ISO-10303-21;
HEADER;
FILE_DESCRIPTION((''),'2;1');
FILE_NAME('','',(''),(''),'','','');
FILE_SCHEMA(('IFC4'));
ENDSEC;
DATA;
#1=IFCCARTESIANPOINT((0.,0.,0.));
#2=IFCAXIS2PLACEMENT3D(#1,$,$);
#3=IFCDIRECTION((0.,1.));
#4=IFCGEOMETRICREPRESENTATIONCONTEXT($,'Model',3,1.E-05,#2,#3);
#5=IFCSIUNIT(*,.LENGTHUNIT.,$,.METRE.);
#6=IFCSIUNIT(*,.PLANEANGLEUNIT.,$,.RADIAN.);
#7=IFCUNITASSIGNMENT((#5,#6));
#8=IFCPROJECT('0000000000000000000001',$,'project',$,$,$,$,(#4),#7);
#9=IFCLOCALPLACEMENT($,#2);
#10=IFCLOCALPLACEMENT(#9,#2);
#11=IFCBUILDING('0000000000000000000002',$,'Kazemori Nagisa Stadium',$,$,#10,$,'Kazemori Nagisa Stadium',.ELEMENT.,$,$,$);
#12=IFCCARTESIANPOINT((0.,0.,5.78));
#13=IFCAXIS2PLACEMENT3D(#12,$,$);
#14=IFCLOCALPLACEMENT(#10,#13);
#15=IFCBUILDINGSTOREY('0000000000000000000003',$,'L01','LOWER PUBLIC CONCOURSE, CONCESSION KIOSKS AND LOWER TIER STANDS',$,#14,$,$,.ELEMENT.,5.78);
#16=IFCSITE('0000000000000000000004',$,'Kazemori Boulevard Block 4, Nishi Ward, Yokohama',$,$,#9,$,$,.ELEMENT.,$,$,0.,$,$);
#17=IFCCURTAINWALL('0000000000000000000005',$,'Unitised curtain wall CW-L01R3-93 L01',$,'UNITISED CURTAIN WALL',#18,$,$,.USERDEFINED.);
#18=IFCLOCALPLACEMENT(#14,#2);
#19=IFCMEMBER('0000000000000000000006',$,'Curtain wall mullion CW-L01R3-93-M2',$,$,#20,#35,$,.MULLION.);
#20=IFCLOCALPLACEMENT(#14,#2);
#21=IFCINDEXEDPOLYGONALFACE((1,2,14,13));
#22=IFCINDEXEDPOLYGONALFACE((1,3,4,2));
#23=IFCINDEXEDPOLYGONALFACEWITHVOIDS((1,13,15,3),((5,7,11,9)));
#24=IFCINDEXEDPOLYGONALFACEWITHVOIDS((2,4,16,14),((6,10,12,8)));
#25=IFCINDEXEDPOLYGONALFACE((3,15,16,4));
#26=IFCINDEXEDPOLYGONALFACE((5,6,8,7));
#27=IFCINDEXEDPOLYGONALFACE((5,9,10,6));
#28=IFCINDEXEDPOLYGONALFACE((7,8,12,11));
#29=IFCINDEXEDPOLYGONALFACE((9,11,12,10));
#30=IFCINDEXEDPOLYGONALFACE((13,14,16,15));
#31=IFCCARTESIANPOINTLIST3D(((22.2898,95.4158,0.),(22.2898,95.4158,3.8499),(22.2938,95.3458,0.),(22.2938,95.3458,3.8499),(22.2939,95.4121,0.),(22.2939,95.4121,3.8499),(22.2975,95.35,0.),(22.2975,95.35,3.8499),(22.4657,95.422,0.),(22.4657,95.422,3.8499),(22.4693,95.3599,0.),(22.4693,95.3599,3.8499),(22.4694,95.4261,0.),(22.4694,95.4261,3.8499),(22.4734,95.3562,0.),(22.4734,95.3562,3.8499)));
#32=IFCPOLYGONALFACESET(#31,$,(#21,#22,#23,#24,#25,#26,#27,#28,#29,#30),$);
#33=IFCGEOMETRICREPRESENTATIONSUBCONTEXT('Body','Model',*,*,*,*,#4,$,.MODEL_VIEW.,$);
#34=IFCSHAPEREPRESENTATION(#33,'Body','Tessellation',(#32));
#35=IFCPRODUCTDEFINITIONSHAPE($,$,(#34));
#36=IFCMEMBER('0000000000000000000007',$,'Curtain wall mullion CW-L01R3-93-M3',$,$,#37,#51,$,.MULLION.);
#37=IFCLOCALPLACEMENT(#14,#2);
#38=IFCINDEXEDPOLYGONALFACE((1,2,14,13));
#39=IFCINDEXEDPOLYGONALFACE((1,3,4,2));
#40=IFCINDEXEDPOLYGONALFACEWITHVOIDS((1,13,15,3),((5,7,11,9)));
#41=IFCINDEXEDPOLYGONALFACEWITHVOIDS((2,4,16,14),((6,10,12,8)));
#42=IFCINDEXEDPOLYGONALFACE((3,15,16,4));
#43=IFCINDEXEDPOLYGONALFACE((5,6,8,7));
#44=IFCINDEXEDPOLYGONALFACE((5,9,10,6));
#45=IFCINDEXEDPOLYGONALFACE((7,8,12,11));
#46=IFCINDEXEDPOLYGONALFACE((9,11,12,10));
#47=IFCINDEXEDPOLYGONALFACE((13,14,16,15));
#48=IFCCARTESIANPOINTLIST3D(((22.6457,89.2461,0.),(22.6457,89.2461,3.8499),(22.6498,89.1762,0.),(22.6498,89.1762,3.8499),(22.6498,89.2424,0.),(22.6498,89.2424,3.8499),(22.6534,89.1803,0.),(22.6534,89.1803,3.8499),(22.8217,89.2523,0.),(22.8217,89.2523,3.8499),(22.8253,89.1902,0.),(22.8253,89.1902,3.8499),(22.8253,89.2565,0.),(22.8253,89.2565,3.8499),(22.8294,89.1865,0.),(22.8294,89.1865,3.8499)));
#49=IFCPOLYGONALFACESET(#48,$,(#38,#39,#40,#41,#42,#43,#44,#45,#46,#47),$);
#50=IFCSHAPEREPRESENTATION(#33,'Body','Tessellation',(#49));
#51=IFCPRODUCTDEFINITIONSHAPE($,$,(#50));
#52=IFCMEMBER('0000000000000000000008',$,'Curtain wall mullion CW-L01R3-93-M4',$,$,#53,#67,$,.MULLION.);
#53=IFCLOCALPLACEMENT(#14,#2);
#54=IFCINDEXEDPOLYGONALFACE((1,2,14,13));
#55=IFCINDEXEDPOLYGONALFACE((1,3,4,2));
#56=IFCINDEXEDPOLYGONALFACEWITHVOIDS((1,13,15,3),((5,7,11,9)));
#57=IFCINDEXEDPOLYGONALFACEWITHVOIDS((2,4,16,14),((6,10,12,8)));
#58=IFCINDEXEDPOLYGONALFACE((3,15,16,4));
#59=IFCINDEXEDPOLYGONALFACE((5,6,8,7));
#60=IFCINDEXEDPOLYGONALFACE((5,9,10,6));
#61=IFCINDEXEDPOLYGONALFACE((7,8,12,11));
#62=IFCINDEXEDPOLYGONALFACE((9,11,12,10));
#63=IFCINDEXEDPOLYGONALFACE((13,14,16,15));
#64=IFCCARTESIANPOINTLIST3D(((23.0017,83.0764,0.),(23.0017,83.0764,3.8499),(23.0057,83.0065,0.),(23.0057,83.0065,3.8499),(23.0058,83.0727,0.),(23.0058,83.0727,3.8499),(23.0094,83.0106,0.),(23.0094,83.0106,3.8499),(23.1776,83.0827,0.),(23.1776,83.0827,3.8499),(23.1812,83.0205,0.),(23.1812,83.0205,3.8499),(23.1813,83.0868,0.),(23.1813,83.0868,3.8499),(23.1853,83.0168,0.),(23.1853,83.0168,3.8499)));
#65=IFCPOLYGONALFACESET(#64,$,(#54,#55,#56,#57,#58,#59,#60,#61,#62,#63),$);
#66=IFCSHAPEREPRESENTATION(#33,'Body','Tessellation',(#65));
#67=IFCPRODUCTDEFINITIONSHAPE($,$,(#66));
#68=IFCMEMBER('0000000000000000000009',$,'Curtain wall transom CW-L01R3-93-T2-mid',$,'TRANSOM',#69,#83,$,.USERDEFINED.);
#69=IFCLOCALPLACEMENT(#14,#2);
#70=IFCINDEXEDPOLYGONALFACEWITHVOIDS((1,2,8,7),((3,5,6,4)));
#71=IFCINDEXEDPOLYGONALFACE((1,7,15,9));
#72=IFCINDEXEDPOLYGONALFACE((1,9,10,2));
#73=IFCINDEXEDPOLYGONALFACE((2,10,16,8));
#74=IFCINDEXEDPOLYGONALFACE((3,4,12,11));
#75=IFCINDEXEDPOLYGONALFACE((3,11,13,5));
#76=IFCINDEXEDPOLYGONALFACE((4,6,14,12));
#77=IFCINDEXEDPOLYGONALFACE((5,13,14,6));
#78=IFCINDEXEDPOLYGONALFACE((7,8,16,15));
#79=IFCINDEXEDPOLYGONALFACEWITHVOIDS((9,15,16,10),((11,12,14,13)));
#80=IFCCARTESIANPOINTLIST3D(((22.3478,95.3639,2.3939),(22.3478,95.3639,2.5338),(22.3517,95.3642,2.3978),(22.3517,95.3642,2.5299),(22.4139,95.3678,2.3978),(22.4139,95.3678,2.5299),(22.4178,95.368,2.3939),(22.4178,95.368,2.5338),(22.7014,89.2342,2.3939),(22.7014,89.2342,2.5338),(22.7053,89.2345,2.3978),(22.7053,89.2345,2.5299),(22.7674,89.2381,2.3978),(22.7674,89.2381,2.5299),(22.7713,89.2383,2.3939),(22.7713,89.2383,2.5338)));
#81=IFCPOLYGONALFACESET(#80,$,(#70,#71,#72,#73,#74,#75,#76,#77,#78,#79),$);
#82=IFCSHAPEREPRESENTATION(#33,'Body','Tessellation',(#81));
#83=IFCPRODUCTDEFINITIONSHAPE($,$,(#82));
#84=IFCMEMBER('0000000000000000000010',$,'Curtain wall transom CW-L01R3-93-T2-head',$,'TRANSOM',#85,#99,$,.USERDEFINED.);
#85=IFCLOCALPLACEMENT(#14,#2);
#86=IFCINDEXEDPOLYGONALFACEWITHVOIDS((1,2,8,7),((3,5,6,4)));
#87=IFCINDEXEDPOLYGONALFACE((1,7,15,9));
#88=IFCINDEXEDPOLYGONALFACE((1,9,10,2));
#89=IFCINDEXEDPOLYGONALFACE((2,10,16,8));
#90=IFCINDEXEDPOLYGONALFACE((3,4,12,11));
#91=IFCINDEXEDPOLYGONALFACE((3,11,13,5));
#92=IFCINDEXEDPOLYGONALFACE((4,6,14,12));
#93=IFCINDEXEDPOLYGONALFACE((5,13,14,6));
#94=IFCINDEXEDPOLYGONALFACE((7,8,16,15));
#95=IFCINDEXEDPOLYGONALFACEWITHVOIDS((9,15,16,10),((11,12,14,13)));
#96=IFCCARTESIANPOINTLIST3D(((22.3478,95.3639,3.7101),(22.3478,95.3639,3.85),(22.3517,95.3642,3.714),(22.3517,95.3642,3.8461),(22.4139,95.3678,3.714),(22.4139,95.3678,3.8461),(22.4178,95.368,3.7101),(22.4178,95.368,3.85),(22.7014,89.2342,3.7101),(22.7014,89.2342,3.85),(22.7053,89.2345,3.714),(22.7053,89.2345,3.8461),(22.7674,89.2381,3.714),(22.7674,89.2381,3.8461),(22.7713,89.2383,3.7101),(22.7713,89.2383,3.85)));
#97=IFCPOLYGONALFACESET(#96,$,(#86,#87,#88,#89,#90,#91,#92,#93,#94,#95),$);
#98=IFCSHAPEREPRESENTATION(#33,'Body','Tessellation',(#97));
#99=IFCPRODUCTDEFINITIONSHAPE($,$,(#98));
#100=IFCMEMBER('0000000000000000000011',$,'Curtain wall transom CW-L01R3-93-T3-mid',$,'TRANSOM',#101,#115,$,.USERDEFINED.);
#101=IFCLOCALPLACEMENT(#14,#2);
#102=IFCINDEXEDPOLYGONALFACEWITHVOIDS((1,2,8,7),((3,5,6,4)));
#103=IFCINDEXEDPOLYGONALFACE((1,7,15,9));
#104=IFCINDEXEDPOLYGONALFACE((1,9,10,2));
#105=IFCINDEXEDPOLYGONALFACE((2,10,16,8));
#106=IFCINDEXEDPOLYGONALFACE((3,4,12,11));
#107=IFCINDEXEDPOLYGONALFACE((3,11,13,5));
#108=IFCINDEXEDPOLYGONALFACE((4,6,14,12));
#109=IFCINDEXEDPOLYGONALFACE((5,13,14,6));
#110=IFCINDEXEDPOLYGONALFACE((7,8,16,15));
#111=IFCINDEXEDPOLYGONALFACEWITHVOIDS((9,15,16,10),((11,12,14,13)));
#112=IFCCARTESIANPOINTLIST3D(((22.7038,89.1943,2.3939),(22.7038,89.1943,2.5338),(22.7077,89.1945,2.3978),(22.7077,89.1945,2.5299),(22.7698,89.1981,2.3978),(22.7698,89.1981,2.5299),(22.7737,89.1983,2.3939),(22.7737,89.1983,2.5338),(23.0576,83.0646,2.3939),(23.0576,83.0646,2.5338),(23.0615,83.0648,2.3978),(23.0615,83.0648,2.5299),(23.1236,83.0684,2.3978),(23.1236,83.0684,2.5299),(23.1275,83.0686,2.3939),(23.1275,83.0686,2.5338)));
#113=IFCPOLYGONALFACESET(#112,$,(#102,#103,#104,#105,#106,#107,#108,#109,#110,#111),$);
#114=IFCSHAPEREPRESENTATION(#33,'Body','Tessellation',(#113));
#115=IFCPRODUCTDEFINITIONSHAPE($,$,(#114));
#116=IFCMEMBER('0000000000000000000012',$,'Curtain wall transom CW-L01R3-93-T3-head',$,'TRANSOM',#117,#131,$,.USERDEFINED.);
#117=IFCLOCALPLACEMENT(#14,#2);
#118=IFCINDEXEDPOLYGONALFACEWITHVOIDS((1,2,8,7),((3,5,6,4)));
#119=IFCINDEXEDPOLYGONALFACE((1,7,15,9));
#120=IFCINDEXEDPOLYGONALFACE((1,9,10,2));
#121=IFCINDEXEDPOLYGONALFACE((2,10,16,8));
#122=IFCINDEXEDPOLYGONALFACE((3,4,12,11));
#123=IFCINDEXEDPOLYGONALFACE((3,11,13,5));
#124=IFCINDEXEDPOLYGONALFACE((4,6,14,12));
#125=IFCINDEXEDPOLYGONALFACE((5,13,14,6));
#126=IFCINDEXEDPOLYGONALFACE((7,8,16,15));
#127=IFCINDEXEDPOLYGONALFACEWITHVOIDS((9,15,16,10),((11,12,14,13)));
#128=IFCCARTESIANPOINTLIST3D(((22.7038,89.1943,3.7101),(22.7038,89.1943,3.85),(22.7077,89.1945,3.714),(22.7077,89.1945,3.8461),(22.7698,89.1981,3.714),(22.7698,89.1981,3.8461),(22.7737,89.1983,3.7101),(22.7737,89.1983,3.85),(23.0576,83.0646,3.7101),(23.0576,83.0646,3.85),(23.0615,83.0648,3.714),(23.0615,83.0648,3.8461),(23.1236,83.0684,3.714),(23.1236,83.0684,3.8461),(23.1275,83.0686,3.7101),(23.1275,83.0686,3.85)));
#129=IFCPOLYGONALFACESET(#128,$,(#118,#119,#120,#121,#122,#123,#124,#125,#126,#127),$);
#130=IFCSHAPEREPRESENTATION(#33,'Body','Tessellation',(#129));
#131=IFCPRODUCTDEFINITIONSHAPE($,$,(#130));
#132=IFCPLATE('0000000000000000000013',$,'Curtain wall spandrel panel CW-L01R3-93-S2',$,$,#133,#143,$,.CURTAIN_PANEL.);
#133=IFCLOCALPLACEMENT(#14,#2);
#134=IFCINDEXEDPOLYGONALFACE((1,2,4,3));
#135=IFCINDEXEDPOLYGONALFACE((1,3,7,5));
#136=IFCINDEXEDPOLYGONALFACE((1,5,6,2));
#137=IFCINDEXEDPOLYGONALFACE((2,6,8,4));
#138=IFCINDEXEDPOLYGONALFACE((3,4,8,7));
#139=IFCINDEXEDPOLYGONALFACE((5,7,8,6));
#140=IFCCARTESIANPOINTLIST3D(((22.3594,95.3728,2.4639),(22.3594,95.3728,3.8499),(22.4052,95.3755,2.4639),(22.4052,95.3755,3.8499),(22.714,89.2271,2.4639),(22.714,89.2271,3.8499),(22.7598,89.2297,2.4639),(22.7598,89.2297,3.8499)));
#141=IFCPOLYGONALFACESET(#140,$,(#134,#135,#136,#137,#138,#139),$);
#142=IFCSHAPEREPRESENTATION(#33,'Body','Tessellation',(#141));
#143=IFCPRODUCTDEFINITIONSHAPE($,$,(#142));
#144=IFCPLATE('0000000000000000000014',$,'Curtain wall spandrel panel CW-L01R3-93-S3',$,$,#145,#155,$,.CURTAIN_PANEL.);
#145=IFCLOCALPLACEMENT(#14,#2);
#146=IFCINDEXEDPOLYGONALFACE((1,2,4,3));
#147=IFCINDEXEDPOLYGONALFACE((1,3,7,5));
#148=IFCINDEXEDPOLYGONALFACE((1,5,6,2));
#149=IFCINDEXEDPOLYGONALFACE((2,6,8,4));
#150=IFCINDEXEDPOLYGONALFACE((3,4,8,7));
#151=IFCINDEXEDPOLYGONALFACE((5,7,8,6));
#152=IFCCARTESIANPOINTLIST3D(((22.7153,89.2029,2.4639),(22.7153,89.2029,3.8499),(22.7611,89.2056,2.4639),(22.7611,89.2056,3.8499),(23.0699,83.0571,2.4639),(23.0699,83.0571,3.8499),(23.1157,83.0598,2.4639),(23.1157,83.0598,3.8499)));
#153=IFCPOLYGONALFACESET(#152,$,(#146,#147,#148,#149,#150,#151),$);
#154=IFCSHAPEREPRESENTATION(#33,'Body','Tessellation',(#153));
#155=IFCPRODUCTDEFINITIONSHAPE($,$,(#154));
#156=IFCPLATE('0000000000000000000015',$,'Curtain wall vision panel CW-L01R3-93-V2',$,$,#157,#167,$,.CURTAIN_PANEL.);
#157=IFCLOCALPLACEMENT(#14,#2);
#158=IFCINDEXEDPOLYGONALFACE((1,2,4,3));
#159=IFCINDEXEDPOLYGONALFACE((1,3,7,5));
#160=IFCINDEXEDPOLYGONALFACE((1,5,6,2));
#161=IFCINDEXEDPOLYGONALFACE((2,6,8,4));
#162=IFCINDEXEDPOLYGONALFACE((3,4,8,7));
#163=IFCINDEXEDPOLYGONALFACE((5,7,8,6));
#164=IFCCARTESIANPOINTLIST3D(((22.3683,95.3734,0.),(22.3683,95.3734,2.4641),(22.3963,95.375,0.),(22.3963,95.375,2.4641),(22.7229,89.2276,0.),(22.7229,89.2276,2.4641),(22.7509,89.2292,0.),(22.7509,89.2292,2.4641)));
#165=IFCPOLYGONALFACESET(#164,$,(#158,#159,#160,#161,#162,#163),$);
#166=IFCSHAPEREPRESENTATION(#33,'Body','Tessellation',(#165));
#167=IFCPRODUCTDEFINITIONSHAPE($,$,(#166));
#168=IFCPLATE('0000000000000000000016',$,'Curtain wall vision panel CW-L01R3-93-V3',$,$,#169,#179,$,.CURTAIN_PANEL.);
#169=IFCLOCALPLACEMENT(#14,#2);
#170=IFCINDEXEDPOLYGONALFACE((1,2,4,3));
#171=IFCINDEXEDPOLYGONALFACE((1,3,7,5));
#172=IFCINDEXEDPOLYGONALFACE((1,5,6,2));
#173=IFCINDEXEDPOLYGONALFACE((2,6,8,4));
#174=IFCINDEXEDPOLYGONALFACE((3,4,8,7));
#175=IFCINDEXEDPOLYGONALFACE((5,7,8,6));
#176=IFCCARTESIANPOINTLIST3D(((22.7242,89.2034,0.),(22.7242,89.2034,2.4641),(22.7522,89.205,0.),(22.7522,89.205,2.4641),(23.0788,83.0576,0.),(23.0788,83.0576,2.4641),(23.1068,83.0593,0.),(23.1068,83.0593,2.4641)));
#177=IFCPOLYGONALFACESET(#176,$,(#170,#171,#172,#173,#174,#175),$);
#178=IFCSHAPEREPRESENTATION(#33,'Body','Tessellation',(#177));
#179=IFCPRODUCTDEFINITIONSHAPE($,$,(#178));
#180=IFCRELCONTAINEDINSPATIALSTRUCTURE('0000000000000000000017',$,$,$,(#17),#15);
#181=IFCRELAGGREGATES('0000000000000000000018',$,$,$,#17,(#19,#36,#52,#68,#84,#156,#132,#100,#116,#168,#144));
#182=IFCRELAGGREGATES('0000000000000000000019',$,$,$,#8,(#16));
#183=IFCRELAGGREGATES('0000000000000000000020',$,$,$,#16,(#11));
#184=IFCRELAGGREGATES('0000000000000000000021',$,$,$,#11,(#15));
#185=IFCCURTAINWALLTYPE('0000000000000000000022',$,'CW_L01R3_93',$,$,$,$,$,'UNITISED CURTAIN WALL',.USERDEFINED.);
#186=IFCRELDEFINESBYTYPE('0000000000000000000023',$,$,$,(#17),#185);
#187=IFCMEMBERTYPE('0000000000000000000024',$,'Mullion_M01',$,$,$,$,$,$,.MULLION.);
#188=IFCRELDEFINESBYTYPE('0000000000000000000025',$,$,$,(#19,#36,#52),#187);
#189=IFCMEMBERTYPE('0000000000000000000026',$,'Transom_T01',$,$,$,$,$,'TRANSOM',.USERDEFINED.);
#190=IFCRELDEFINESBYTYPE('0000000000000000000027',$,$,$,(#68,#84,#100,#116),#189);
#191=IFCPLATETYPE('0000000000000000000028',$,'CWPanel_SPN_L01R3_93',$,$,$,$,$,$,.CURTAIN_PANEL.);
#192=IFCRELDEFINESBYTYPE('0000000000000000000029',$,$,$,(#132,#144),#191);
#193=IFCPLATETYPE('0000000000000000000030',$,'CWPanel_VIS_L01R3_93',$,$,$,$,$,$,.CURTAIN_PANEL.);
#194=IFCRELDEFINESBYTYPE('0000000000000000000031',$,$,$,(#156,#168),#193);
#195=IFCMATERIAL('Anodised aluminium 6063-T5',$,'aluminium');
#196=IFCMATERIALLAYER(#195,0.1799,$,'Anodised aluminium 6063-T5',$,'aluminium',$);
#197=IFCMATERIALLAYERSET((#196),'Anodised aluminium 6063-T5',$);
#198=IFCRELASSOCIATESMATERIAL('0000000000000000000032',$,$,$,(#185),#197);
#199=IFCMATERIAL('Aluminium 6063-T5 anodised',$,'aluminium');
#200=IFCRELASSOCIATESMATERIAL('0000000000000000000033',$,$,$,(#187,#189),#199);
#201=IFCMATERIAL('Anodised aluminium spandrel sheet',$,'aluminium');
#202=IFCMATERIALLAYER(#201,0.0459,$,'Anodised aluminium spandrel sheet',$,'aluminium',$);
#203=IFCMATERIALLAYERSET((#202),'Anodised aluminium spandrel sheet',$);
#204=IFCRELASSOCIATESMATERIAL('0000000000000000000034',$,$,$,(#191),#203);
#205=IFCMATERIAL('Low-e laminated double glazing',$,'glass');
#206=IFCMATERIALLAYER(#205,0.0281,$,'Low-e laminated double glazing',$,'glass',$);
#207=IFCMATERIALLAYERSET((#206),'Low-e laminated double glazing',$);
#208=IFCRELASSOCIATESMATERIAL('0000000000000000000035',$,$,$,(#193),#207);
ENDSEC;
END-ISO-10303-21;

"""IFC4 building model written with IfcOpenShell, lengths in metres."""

from ifc_helpers import new_model, si_unit, direction, frame, origin, origin_2d, place, context, subcontext, project, spatial, rectangle, hollow_rectangle, extrude, material, layer, layer_set, material_profile, profile_set, type_object, element, aggregate, save


model = new_model("IFC4")

# Units and contexts
model_context = context("Model", 3, precision=1e-05, world=origin(), true_north=direction((0.0, 1.0)))
body_context = subcontext(model_context, "Body", "Model", "MODEL_VIEW")
ifc_project = project(units=[si_unit("LENGTHUNIT", "METRE"), si_unit("PLANEANGLEUNIT", "RADIAN")], contexts=[model_context])

# Site, building, storey
site_placement = place(None, origin())
site = spatial("IfcSite", under=ifc_project, at=site_placement, Name="Kazemori Boulevard Block 4, Nishi Ward, Yokohama", CompositionType="ELEMENT", RefElevation=0.0)
building_placement = place(site_placement, origin())
building = spatial("IfcBuilding", under=site, at=building_placement, Name="Kazemori Nagisa Stadium", LongName="Kazemori Nagisa Stadium", CompositionType="ELEMENT")
storey_placement = place(building_placement, frame((0.0, 0.0, 5.78)))
storey = spatial("IfcBuildingStorey", under=building, at=storey_placement, Name="L01", Description="LOWER PUBLIC CONCOURSE, CONCESSION KIOSKS AND LOWER TIER STANDS", CompositionType="ELEMENT", Elevation=5.78)

# Curtain wall, members, plates
ifc_material_1 = material(Name="Anodised aluminium 6063-T5", Category="aluminium")
ifc_layer_1 = layer(ifc_material_1, 0.1799, Name="Anodised aluminium 6063-T5", Category="aluminium")
ifc_layer_set_1 = layer_set([ifc_layer_1], Name="Anodised aluminium 6063-T5")
curtain_wall_type = type_object("IfcCurtainWallType", Name="CW_L01R3_93", ElementType="UNITISED CURTAIN WALL", PredefinedType="USERDEFINED", material=ifc_layer_set_1)
curtain_wall_placement = place(storey_placement, origin())
curtain_wall = element("IfcCurtainWall", 1, at=curtain_wall_placement, inside=storey, type_object=curtain_wall_type, Name="Unitised curtain wall CW-L01R3-93 L01", ObjectType="UNITISED CURTAIN WALL", PredefinedType="USERDEFINED")
ifc_material_2 = material(Name="Aluminium 6063-T5 anodised", Category="aluminium")
ifc_material_profile_1 = material_profile(ifc_material_2, hollow_rectangle(XDim=0.0701, YDim=0.1799, WallThickness=0.0039, at=origin_2d()), Name="ALU-MULL-70x180x4")
ifc_profile_set_1 = profile_set([ifc_material_profile_1], Name="Aluminium 6063-T5 anodised")
member_type_1 = type_object("IfcMemberType", Name="Mullion_M01", PredefinedType="MULLION", material=ifc_profile_set_1)
member_1_placement = place(storey_placement, frame((22.3816, 95.386, 0.0), z_axis=(0.0, 0.0, 1.0), x_axis=(0.057602, -0.99834, 0.0)))
member_1 = element("IfcMember", 2, at=member_1_placement, type_object=member_type_1, Name="Curtain wall mullion CW-L01R3-93-M2", PredefinedType="MULLION", context=body_context, shape_type="SweptSolid", body=[
    extrude(hollow_rectangle(XDim=0.0701, YDim=0.1799, WallThickness=0.0039, at=origin_2d()), origin(), (0.0, 0.0, 1.0), 3.8499),
])
member_2_placement = place(storey_placement, frame((22.7375, 89.2163, 0.0), z_axis=(0.0, 0.0, 1.0), x_axis=(0.057602, -0.99834, 0.0)))
member_2 = element("IfcMember", 3, at=member_2_placement, type_object=member_type_1, Name="Curtain wall mullion CW-L01R3-93-M3", PredefinedType="MULLION", context=body_context, shape_type="SweptSolid", body=[
    extrude(hollow_rectangle(XDim=0.0701, YDim=0.1799, WallThickness=0.0039, at=origin_2d()), origin(), (0.0, 0.0, 1.0), 3.8499),
])
member_3_placement = place(storey_placement, frame((23.0935, 83.0466, 0.0), z_axis=(0.0, 0.0, 1.0), x_axis=(0.057602, -0.99834, 0.0)))
member_3 = element("IfcMember", 4, at=member_3_placement, type_object=member_type_1, Name="Curtain wall mullion CW-L01R3-93-M4", PredefinedType="MULLION", context=body_context, shape_type="SweptSolid", body=[
    extrude(hollow_rectangle(XDim=0.0701, YDim=0.1799, WallThickness=0.0039, at=origin_2d()), origin(), (0.0, 0.0, 1.0), 3.8499),
])
ifc_material_profile_2 = material_profile(ifc_material_2, hollow_rectangle(XDim=0.0701, YDim=0.1399, WallThickness=0.0039, at=origin_2d()), Name="ALU-TRAN-70x140x4")
ifc_profile_set_2 = profile_set([ifc_material_profile_2], Name="Aluminium 6063-T5 anodised")
member_type_2 = type_object("IfcMemberType", Name="Transom_T01", ElementType="TRANSOM", PredefinedType="USERDEFINED", material=ifc_profile_set_2)
member_4_placement = place(storey_placement, frame((22.3828, 95.366, 2.4639), z_axis=(0.057577, -0.998341, 0.0), x_axis=(0.998341, 0.057577, 0.0)))
member_4 = element("IfcMember", 5, at=member_4_placement, type_object=member_type_2, Name="Curtain wall transom CW-L01R3-93-T2-mid", ObjectType="TRANSOM", PredefinedType="USERDEFINED", context=body_context, shape_type="SweptSolid", body=[
    extrude(hollow_rectangle(XDim=0.0701, YDim=0.1399, WallThickness=0.0039, at=origin_2d()), origin(), (0.0, 0.0, 1.0), 6.1399),
])
member_5_placement = place(storey_placement, frame((22.3828, 95.366, 3.78), z_axis=(0.057577, -0.998341, 0.0), x_axis=(0.998341, 0.057577, 0.0)))
member_5 = element("IfcMember", 6, at=member_5_placement, type_object=member_type_2, Name="Curtain wall transom CW-L01R3-93-T2-head", ObjectType="TRANSOM", PredefinedType="USERDEFINED", context=body_context, shape_type="SweptSolid", body=[
    extrude(hollow_rectangle(XDim=0.0701, YDim=0.1399, WallThickness=0.0039, at=origin_2d()), origin(), (0.0, 0.0, 1.0), 6.1399),
])
member_6_placement = place(storey_placement, frame((22.7388, 89.1963, 2.4639), z_axis=(0.057617, -0.998339, 0.0), x_axis=(0.998339, 0.057617, 0.0)))
member_6 = element("IfcMember", 7, at=member_6_placement, type_object=member_type_2, Name="Curtain wall transom CW-L01R3-93-T3-mid", ObjectType="TRANSOM", PredefinedType="USERDEFINED", context=body_context, shape_type="SweptSolid", body=[
    extrude(hollow_rectangle(XDim=0.0701, YDim=0.1399, WallThickness=0.0039, at=origin_2d()), origin(), (0.0, 0.0, 1.0), 6.1399),
])
member_7_placement = place(storey_placement, frame((22.7388, 89.1963, 3.78), z_axis=(0.057617, -0.998339, 0.0), x_axis=(0.998339, 0.057617, 0.0)))
member_7 = element("IfcMember", 8, at=member_7_placement, type_object=member_type_2, Name="Curtain wall transom CW-L01R3-93-T3-head", ObjectType="TRANSOM", PredefinedType="USERDEFINED", context=body_context, shape_type="SweptSolid", body=[
    extrude(hollow_rectangle(XDim=0.0701, YDim=0.1399, WallThickness=0.0039, at=origin_2d()), origin(), (0.0, 0.0, 1.0), 6.1399),
])
ifc_material_3 = material(Name="Anodised aluminium spandrel sheet", Category="aluminium")
ifc_layer_2 = layer(ifc_material_3, 0.0459, Name="Anodised aluminium spandrel sheet", Category="aluminium")
ifc_layer_set_2 = layer_set([ifc_layer_2], Name="Anodised aluminium spandrel sheet")
plate_type_1 = type_object("IfcPlateType", Name="CWPanel_SPN_L01R3_93", PredefinedType="CURTAIN_PANEL", material=ifc_layer_set_2)
plate_1_placement = place(storey_placement, frame((22.5596, 92.3013, 2.4639), z_axis=(0.0, 0.0, 1.0), x_axis=(0.057602, -0.99834, 0.0)))
plate_1 = element("IfcPlate", 9, at=plate_1_placement, type_object=plate_type_1, Name="Curtain wall spandrel panel CW-L01R3-93-S2", PredefinedType="CURTAIN_PANEL", context=body_context, shape_type="SweptSolid", body=[
    extrude(rectangle(XDim=6.156, YDim=0.0459, at=origin_2d()), origin(), (0.0, 0.0, 1.0), 1.386),
])
plate_2_placement = place(storey_placement, frame((22.9155, 86.1313, 2.4639), z_axis=(0.0, 0.0, 1.0), x_axis=(0.057602, -0.99834, 0.0)))
plate_2 = element("IfcPlate", 10, at=plate_2_placement, type_object=plate_type_1, Name="Curtain wall spandrel panel CW-L01R3-93-S3", PredefinedType="CURTAIN_PANEL", context=body_context, shape_type="SweptSolid", body=[
    extrude(rectangle(XDim=6.156, YDim=0.0459, at=origin_2d()), origin(), (0.0, 0.0, 1.0), 1.386),
])
ifc_material_4 = material(Name="Low-e laminated double glazing", Category="glass")
ifc_layer_3 = layer(ifc_material_4, 0.0281, Name="Low-e laminated double glazing", Category="glass")
ifc_layer_set_3 = layer_set([ifc_layer_3], Name="Low-e laminated double glazing")
plate_type_2 = type_object("IfcPlateType", Name="CWPanel_VIS_L01R3_93", PredefinedType="CURTAIN_PANEL", material=ifc_layer_set_3)
plate_3_placement = place(storey_placement, frame((22.5596, 92.3013, 0.0), z_axis=(0.0, 0.0, 1.0), x_axis=(0.057602, -0.99834, 0.0)))
plate_3 = element("IfcPlate", 11, at=plate_3_placement, type_object=plate_type_2, Name="Curtain wall vision panel CW-L01R3-93-V2", PredefinedType="CURTAIN_PANEL", context=body_context, shape_type="SweptSolid", body=[
    extrude(rectangle(XDim=6.156, YDim=0.0281, at=origin_2d()), origin(), (0.0, 0.0, 1.0), 2.4641),
])
plate_4_placement = place(storey_placement, frame((22.9155, 86.1313, 0.0), z_axis=(0.0, 0.0, 1.0), x_axis=(0.057602, -0.99834, 0.0)))
plate_4 = element("IfcPlate", 12, at=plate_4_placement, type_object=plate_type_2, Name="Curtain wall vision panel CW-L01R3-93-V3", PredefinedType="CURTAIN_PANEL", context=body_context, shape_type="SweptSolid", body=[
    extrude(rectangle(XDim=6.156, YDim=0.0281, at=origin_2d()), origin(), (0.0, 0.0, 1.0), 2.4641),
])
aggregate(curtain_wall, [member_1, member_2, member_3, member_4, member_5, plate_3, plate_1, member_6, member_7, plate_4, plate_2])

save(model, "model.ifc")
